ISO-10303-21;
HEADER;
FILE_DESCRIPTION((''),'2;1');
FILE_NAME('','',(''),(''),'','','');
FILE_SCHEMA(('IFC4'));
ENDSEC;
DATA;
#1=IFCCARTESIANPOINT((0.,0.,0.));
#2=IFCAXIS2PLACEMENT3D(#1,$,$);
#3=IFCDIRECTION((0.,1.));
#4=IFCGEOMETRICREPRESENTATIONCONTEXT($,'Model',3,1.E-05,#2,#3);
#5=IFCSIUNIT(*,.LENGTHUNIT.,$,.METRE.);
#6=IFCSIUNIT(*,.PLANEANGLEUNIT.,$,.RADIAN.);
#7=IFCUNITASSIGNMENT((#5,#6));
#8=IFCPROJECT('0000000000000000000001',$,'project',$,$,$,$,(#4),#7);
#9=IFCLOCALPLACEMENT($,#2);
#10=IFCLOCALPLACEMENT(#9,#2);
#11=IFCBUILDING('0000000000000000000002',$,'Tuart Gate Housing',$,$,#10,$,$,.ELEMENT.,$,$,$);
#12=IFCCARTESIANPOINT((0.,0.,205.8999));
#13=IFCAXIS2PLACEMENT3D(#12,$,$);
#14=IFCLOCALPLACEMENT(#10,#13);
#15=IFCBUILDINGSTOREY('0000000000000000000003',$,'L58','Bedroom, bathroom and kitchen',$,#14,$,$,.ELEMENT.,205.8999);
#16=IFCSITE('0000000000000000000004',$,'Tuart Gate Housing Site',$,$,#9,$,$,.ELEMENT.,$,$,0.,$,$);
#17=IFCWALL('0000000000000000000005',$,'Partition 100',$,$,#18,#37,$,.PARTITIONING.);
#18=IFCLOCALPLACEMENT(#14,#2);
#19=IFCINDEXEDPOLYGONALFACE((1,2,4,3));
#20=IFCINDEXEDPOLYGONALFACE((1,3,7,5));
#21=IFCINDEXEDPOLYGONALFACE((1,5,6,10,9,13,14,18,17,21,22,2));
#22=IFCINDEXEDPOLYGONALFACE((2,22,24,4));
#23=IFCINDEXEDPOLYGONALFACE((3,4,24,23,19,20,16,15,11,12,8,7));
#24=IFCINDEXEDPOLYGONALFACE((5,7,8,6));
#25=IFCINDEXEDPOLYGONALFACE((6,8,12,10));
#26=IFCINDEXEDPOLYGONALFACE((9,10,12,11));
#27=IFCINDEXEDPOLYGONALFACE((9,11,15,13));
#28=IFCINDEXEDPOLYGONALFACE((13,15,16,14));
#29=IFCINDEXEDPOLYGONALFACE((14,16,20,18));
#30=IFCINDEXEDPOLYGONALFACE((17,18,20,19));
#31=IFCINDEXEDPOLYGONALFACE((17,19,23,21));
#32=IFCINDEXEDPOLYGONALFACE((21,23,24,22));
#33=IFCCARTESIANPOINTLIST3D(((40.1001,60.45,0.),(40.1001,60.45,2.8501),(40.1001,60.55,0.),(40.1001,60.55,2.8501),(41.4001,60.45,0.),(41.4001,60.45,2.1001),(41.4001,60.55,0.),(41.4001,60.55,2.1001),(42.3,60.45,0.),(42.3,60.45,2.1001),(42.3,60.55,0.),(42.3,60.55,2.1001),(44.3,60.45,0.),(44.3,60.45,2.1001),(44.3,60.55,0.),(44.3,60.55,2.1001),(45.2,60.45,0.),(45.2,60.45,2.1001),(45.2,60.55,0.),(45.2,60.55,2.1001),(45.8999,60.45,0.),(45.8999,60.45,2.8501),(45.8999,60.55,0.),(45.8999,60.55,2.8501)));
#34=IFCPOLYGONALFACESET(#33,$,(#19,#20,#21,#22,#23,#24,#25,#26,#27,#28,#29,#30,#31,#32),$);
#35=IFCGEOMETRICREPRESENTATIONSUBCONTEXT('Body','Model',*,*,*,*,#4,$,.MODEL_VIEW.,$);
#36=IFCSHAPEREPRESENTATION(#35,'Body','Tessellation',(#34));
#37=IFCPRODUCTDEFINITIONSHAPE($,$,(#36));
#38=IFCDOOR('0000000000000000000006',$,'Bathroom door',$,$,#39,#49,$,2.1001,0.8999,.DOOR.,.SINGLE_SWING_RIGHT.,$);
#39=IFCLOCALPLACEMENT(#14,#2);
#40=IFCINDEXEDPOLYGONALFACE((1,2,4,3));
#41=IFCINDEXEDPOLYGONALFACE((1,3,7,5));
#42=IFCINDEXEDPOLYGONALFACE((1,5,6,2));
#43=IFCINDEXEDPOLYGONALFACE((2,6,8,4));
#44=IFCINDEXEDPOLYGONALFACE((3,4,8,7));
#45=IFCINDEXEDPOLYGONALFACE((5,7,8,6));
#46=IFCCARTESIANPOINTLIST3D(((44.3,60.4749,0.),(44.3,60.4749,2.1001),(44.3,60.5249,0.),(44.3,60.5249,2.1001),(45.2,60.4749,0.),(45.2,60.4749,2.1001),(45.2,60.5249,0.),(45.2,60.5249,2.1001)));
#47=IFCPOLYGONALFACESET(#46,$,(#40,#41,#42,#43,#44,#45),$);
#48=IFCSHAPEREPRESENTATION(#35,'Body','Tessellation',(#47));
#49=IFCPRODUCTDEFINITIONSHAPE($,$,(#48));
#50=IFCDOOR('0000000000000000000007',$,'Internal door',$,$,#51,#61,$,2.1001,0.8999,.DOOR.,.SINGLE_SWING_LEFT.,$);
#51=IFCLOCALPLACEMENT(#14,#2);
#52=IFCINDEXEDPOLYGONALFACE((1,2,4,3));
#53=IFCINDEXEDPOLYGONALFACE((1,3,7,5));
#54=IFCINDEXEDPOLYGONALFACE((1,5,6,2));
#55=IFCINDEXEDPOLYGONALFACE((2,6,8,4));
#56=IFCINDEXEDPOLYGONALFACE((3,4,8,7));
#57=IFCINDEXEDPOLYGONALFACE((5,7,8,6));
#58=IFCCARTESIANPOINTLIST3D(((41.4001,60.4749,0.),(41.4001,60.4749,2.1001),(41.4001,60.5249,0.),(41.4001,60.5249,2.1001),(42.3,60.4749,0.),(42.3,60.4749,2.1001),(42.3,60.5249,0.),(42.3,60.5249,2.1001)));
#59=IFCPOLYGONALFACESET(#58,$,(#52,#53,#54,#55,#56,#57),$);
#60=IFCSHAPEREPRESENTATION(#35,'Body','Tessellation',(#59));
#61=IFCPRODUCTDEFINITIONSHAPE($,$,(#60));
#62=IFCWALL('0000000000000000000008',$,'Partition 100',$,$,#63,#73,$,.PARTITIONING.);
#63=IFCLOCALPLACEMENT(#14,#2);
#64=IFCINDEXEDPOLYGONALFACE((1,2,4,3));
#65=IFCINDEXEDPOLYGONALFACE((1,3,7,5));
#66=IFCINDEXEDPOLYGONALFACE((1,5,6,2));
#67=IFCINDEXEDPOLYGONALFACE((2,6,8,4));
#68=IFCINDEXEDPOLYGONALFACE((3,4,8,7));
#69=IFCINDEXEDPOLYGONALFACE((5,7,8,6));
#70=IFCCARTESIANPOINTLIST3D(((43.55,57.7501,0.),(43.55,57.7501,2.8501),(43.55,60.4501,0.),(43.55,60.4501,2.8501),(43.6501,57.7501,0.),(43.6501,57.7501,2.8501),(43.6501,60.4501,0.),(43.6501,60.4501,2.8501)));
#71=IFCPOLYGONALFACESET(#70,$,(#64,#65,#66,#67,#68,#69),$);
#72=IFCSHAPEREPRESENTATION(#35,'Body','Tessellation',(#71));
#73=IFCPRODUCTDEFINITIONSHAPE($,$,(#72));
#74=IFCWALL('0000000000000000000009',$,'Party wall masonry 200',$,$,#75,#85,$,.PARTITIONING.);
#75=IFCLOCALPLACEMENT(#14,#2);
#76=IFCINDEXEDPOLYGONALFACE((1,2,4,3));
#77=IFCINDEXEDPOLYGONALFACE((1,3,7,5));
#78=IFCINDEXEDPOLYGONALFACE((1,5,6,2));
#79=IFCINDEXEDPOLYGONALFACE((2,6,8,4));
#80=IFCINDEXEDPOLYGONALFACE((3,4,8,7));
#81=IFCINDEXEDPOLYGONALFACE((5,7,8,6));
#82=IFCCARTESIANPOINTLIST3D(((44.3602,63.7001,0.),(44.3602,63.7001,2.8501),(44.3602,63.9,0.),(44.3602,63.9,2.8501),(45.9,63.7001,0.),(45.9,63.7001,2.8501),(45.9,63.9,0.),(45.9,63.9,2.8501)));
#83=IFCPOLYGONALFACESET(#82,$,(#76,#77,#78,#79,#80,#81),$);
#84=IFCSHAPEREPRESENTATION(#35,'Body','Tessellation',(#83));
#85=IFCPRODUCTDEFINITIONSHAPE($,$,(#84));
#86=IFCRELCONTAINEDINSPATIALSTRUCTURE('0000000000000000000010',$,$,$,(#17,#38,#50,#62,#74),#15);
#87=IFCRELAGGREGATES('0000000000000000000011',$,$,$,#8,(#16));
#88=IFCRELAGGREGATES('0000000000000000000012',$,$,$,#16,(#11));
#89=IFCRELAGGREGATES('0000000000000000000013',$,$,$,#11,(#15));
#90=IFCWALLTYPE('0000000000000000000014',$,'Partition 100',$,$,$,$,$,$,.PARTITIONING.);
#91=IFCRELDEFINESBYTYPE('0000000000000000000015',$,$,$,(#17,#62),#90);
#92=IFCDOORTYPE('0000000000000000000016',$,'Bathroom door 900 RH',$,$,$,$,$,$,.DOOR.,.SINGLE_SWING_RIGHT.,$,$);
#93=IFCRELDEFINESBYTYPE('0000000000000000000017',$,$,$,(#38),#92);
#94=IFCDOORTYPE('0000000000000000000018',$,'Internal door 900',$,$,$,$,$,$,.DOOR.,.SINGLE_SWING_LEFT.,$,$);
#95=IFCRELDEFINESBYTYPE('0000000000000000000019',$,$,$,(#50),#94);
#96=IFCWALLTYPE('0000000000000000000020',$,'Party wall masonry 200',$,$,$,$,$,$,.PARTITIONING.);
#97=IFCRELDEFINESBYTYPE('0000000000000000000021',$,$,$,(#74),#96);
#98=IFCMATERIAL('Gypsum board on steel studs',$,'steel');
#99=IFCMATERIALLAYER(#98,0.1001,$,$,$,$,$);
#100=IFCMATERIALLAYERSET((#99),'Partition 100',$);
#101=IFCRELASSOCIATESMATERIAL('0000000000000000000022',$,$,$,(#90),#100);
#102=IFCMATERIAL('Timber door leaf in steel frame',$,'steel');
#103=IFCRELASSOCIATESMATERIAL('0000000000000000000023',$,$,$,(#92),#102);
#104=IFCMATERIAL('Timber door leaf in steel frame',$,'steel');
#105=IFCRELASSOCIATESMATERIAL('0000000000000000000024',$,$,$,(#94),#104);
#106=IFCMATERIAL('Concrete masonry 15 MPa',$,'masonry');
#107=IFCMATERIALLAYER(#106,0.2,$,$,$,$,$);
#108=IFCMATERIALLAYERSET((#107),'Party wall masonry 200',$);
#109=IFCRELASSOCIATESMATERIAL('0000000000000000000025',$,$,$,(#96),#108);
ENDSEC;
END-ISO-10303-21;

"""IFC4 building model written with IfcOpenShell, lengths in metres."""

from ifc_helpers import new_model, si_unit, direction, frame, frame_2d, origin, place, context, subcontext, project, spatial, rectangle, extrude, material, layer, layer_set, type_object, element, fill, save


model = new_model("IFC4")

# Units and contexts
model_context = context("Model", 3, precision=1e-05, world=origin(), true_north=direction((0.0, 1.0)))
body_context = subcontext(model_context, "Body", "Model", "MODEL_VIEW")
ifc_project = project(units=[si_unit("LENGTHUNIT", "METRE"), si_unit("PLANEANGLEUNIT", "RADIAN")], contexts=[model_context])

# Site, building, storey
site_placement = place(None, origin())
site = spatial("IfcSite", under=ifc_project, at=site_placement, Name="Tuart Gate Housing Site", CompositionType="ELEMENT", RefElevation=0.0)
building_placement = place(site_placement, origin())
building = spatial("IfcBuilding", under=site, at=building_placement, Name="Tuart Gate Housing", CompositionType="ELEMENT")
storey_placement = place(building_placement, frame((0.0, 0.0, 205.8999)))
storey = spatial("IfcBuildingStorey", under=building, at=storey_placement, Name="L58", Description="Bedroom, bathroom and kitchen", CompositionType="ELEMENT", Elevation=205.8999)

# Shared definitions
ifc_material_1 = material(Name="Gypsum board on steel studs", Category="steel")
ifc_layer_1 = layer(ifc_material_1, 0.1001)
ifc_layer_set_1 = layer_set([ifc_layer_1], Name="Partition 100")
wall_type_1 = type_object("IfcWallType", Name="Partition 100", PredefinedType="PARTITIONING", material=ifc_layer_set_1)

# Wall, openings, doors
wall_1_placement = place(storey_placement, frame((40.1001, 60.5, 0.0), z_axis=(0.0, 0.0, 1.0), x_axis=(1.0, 0.0, 0.0)))
wall_1 = element("IfcWall", 1, at=wall_1_placement, inside=storey, type_object=wall_type_1, Name="Partition 100", PredefinedType="PARTITIONING", context=body_context, shape_type="SweptSolid", body=[
    extrude(rectangle(XDim=5.7998, YDim=0.1001, at=frame_2d((2.8999, 0.0))), origin(), (0.0, 0.0, 1.0), 2.8501),
])
opening_1_placement = place(wall_1_placement, frame((1.3, 0.0, 0.0)))
opening_1 = element("IfcOpeningElement", 2, at=opening_1_placement, cuts=wall_1, PredefinedType="OPENING", context=body_context, shape_type="SweptSolid", body=[
    extrude(rectangle(XDim=0.8999, YDim=2.1001, at=frame_2d((0.45, 1.05))), frame((0.0, 0.0601, 0.0), z_axis=(0.0, -1.0, 0.0), x_axis=(1.0, 0.0, 0.0)), (0.0, 0.0, 1.0), 0.1201),
])
opening_2_placement = place(wall_1_placement, frame((4.2, 0.0, 0.0)))
opening_2 = element("IfcOpeningElement", 3, at=opening_2_placement, cuts=wall_1, PredefinedType="OPENING", context=body_context, shape_type="SweptSolid", body=[
    extrude(rectangle(XDim=0.8999, YDim=2.1001, at=frame_2d((0.45, 1.05))), frame((0.0, 0.0601, 0.0), z_axis=(0.0, -1.0, 0.0), x_axis=(1.0, 0.0, 0.0)), (0.0, 0.0, 1.0), 0.1201),
])
ifc_material_2 = material(Name="Timber door leaf in steel frame", Category="steel")
door_type_1 = type_object("IfcDoorType", Name="Bathroom door 900 RH", OperationType="SINGLE_SWING_RIGHT", PredefinedType="DOOR", material=ifc_material_2)
door_1_placement = place(opening_2_placement, frame((0.8999, 0.0, 0.0), z_axis=(0.0, 0.0, 1.0), x_axis=(-1.0, 0.0, 0.0)))
door_1 = element("IfcDoor", 4, at=door_1_placement, inside=storey, type_object=door_type_1, Name="Bathroom door", OperationType="SINGLE_SWING_RIGHT", OverallHeight=2.1001, OverallWidth=0.8999, PredefinedType="DOOR", context=body_context, shape_type="SweptSolid", body=[
    extrude(rectangle(XDim=0.8999, YDim=2.1001, at=frame_2d((0.45, 1.05))), frame((0.0, 0.0251, 0.0), z_axis=(0.0, -1.0, 0.0), x_axis=(1.0, 0.0, 0.0)), (0.0, 0.0, 1.0), 0.05),
])
fill(opening_2, door_1)
ifc_material_3 = material(Name="Timber door leaf in steel frame", Category="steel")
door_type_2 = type_object("IfcDoorType", Name="Internal door 900", OperationType="SINGLE_SWING_LEFT", PredefinedType="DOOR", material=ifc_material_3)
door_2_placement = place(opening_1_placement, frame((0.8999, 0.0, 0.0), z_axis=(0.0, 0.0, 1.0), x_axis=(-1.0, 0.0, 0.0)))
door_2 = element("IfcDoor", 5, at=door_2_placement, inside=storey, type_object=door_type_2, Name="Internal door", OperationType="SINGLE_SWING_LEFT", OverallHeight=2.1001, OverallWidth=0.8999, PredefinedType="DOOR", context=body_context, shape_type="SweptSolid", body=[
    extrude(rectangle(XDim=0.8999, YDim=2.1001, at=frame_2d((0.45, 1.05))), frame((0.0, 0.0251, 0.0), z_axis=(0.0, -1.0, 0.0), x_axis=(1.0, 0.0, 0.0)), (0.0, 0.0, 1.0), 0.05),
])
fill(opening_1, door_2)

# Walls
wall_2_placement = place(storey_placement, frame((43.6001, 57.75, 0.0), z_axis=(0.0, 0.0, 1.0), x_axis=(0.0, 1.0, 0.0)))
element("IfcWall", 6, at=wall_2_placement, inside=storey, type_object=wall_type_1, Name="Partition 100", PredefinedType="PARTITIONING", context=body_context, shape_type="SweptSolid", body=[
    extrude(rectangle(XDim=2.7, YDim=0.1001, at=frame_2d((1.3501, 0.0))), origin(), (0.0, 0.0, 1.0), 2.8501),
])
ifc_material_4 = material(Name="Concrete masonry 15 MPa", Category="masonry")
ifc_layer_2 = layer(ifc_material_4, 0.2)
ifc_layer_set_2 = layer_set([ifc_layer_2], Name="Party wall masonry 200")
wall_type_2 = type_object("IfcWallType", Name="Party wall masonry 200", PredefinedType="PARTITIONING", material=ifc_layer_set_2)
wall_3_placement = place(storey_placement, frame((44.3601, 63.8, 0.0), z_axis=(0.0, 0.0, 1.0), x_axis=(1.0, 0.0, 0.0)))
element("IfcWall", 7, at=wall_3_placement, inside=storey, type_object=wall_type_2, Name="Party wall masonry 200", PredefinedType="PARTITIONING", context=body_context, shape_type="SweptSolid", body=[
    extrude(rectangle(XDim=1.5398, YDim=0.2, at=frame_2d((0.77, 0.0))), origin(), (0.0, 0.0, 1.0), 2.8501),
])

save(model, "model.ifc")
